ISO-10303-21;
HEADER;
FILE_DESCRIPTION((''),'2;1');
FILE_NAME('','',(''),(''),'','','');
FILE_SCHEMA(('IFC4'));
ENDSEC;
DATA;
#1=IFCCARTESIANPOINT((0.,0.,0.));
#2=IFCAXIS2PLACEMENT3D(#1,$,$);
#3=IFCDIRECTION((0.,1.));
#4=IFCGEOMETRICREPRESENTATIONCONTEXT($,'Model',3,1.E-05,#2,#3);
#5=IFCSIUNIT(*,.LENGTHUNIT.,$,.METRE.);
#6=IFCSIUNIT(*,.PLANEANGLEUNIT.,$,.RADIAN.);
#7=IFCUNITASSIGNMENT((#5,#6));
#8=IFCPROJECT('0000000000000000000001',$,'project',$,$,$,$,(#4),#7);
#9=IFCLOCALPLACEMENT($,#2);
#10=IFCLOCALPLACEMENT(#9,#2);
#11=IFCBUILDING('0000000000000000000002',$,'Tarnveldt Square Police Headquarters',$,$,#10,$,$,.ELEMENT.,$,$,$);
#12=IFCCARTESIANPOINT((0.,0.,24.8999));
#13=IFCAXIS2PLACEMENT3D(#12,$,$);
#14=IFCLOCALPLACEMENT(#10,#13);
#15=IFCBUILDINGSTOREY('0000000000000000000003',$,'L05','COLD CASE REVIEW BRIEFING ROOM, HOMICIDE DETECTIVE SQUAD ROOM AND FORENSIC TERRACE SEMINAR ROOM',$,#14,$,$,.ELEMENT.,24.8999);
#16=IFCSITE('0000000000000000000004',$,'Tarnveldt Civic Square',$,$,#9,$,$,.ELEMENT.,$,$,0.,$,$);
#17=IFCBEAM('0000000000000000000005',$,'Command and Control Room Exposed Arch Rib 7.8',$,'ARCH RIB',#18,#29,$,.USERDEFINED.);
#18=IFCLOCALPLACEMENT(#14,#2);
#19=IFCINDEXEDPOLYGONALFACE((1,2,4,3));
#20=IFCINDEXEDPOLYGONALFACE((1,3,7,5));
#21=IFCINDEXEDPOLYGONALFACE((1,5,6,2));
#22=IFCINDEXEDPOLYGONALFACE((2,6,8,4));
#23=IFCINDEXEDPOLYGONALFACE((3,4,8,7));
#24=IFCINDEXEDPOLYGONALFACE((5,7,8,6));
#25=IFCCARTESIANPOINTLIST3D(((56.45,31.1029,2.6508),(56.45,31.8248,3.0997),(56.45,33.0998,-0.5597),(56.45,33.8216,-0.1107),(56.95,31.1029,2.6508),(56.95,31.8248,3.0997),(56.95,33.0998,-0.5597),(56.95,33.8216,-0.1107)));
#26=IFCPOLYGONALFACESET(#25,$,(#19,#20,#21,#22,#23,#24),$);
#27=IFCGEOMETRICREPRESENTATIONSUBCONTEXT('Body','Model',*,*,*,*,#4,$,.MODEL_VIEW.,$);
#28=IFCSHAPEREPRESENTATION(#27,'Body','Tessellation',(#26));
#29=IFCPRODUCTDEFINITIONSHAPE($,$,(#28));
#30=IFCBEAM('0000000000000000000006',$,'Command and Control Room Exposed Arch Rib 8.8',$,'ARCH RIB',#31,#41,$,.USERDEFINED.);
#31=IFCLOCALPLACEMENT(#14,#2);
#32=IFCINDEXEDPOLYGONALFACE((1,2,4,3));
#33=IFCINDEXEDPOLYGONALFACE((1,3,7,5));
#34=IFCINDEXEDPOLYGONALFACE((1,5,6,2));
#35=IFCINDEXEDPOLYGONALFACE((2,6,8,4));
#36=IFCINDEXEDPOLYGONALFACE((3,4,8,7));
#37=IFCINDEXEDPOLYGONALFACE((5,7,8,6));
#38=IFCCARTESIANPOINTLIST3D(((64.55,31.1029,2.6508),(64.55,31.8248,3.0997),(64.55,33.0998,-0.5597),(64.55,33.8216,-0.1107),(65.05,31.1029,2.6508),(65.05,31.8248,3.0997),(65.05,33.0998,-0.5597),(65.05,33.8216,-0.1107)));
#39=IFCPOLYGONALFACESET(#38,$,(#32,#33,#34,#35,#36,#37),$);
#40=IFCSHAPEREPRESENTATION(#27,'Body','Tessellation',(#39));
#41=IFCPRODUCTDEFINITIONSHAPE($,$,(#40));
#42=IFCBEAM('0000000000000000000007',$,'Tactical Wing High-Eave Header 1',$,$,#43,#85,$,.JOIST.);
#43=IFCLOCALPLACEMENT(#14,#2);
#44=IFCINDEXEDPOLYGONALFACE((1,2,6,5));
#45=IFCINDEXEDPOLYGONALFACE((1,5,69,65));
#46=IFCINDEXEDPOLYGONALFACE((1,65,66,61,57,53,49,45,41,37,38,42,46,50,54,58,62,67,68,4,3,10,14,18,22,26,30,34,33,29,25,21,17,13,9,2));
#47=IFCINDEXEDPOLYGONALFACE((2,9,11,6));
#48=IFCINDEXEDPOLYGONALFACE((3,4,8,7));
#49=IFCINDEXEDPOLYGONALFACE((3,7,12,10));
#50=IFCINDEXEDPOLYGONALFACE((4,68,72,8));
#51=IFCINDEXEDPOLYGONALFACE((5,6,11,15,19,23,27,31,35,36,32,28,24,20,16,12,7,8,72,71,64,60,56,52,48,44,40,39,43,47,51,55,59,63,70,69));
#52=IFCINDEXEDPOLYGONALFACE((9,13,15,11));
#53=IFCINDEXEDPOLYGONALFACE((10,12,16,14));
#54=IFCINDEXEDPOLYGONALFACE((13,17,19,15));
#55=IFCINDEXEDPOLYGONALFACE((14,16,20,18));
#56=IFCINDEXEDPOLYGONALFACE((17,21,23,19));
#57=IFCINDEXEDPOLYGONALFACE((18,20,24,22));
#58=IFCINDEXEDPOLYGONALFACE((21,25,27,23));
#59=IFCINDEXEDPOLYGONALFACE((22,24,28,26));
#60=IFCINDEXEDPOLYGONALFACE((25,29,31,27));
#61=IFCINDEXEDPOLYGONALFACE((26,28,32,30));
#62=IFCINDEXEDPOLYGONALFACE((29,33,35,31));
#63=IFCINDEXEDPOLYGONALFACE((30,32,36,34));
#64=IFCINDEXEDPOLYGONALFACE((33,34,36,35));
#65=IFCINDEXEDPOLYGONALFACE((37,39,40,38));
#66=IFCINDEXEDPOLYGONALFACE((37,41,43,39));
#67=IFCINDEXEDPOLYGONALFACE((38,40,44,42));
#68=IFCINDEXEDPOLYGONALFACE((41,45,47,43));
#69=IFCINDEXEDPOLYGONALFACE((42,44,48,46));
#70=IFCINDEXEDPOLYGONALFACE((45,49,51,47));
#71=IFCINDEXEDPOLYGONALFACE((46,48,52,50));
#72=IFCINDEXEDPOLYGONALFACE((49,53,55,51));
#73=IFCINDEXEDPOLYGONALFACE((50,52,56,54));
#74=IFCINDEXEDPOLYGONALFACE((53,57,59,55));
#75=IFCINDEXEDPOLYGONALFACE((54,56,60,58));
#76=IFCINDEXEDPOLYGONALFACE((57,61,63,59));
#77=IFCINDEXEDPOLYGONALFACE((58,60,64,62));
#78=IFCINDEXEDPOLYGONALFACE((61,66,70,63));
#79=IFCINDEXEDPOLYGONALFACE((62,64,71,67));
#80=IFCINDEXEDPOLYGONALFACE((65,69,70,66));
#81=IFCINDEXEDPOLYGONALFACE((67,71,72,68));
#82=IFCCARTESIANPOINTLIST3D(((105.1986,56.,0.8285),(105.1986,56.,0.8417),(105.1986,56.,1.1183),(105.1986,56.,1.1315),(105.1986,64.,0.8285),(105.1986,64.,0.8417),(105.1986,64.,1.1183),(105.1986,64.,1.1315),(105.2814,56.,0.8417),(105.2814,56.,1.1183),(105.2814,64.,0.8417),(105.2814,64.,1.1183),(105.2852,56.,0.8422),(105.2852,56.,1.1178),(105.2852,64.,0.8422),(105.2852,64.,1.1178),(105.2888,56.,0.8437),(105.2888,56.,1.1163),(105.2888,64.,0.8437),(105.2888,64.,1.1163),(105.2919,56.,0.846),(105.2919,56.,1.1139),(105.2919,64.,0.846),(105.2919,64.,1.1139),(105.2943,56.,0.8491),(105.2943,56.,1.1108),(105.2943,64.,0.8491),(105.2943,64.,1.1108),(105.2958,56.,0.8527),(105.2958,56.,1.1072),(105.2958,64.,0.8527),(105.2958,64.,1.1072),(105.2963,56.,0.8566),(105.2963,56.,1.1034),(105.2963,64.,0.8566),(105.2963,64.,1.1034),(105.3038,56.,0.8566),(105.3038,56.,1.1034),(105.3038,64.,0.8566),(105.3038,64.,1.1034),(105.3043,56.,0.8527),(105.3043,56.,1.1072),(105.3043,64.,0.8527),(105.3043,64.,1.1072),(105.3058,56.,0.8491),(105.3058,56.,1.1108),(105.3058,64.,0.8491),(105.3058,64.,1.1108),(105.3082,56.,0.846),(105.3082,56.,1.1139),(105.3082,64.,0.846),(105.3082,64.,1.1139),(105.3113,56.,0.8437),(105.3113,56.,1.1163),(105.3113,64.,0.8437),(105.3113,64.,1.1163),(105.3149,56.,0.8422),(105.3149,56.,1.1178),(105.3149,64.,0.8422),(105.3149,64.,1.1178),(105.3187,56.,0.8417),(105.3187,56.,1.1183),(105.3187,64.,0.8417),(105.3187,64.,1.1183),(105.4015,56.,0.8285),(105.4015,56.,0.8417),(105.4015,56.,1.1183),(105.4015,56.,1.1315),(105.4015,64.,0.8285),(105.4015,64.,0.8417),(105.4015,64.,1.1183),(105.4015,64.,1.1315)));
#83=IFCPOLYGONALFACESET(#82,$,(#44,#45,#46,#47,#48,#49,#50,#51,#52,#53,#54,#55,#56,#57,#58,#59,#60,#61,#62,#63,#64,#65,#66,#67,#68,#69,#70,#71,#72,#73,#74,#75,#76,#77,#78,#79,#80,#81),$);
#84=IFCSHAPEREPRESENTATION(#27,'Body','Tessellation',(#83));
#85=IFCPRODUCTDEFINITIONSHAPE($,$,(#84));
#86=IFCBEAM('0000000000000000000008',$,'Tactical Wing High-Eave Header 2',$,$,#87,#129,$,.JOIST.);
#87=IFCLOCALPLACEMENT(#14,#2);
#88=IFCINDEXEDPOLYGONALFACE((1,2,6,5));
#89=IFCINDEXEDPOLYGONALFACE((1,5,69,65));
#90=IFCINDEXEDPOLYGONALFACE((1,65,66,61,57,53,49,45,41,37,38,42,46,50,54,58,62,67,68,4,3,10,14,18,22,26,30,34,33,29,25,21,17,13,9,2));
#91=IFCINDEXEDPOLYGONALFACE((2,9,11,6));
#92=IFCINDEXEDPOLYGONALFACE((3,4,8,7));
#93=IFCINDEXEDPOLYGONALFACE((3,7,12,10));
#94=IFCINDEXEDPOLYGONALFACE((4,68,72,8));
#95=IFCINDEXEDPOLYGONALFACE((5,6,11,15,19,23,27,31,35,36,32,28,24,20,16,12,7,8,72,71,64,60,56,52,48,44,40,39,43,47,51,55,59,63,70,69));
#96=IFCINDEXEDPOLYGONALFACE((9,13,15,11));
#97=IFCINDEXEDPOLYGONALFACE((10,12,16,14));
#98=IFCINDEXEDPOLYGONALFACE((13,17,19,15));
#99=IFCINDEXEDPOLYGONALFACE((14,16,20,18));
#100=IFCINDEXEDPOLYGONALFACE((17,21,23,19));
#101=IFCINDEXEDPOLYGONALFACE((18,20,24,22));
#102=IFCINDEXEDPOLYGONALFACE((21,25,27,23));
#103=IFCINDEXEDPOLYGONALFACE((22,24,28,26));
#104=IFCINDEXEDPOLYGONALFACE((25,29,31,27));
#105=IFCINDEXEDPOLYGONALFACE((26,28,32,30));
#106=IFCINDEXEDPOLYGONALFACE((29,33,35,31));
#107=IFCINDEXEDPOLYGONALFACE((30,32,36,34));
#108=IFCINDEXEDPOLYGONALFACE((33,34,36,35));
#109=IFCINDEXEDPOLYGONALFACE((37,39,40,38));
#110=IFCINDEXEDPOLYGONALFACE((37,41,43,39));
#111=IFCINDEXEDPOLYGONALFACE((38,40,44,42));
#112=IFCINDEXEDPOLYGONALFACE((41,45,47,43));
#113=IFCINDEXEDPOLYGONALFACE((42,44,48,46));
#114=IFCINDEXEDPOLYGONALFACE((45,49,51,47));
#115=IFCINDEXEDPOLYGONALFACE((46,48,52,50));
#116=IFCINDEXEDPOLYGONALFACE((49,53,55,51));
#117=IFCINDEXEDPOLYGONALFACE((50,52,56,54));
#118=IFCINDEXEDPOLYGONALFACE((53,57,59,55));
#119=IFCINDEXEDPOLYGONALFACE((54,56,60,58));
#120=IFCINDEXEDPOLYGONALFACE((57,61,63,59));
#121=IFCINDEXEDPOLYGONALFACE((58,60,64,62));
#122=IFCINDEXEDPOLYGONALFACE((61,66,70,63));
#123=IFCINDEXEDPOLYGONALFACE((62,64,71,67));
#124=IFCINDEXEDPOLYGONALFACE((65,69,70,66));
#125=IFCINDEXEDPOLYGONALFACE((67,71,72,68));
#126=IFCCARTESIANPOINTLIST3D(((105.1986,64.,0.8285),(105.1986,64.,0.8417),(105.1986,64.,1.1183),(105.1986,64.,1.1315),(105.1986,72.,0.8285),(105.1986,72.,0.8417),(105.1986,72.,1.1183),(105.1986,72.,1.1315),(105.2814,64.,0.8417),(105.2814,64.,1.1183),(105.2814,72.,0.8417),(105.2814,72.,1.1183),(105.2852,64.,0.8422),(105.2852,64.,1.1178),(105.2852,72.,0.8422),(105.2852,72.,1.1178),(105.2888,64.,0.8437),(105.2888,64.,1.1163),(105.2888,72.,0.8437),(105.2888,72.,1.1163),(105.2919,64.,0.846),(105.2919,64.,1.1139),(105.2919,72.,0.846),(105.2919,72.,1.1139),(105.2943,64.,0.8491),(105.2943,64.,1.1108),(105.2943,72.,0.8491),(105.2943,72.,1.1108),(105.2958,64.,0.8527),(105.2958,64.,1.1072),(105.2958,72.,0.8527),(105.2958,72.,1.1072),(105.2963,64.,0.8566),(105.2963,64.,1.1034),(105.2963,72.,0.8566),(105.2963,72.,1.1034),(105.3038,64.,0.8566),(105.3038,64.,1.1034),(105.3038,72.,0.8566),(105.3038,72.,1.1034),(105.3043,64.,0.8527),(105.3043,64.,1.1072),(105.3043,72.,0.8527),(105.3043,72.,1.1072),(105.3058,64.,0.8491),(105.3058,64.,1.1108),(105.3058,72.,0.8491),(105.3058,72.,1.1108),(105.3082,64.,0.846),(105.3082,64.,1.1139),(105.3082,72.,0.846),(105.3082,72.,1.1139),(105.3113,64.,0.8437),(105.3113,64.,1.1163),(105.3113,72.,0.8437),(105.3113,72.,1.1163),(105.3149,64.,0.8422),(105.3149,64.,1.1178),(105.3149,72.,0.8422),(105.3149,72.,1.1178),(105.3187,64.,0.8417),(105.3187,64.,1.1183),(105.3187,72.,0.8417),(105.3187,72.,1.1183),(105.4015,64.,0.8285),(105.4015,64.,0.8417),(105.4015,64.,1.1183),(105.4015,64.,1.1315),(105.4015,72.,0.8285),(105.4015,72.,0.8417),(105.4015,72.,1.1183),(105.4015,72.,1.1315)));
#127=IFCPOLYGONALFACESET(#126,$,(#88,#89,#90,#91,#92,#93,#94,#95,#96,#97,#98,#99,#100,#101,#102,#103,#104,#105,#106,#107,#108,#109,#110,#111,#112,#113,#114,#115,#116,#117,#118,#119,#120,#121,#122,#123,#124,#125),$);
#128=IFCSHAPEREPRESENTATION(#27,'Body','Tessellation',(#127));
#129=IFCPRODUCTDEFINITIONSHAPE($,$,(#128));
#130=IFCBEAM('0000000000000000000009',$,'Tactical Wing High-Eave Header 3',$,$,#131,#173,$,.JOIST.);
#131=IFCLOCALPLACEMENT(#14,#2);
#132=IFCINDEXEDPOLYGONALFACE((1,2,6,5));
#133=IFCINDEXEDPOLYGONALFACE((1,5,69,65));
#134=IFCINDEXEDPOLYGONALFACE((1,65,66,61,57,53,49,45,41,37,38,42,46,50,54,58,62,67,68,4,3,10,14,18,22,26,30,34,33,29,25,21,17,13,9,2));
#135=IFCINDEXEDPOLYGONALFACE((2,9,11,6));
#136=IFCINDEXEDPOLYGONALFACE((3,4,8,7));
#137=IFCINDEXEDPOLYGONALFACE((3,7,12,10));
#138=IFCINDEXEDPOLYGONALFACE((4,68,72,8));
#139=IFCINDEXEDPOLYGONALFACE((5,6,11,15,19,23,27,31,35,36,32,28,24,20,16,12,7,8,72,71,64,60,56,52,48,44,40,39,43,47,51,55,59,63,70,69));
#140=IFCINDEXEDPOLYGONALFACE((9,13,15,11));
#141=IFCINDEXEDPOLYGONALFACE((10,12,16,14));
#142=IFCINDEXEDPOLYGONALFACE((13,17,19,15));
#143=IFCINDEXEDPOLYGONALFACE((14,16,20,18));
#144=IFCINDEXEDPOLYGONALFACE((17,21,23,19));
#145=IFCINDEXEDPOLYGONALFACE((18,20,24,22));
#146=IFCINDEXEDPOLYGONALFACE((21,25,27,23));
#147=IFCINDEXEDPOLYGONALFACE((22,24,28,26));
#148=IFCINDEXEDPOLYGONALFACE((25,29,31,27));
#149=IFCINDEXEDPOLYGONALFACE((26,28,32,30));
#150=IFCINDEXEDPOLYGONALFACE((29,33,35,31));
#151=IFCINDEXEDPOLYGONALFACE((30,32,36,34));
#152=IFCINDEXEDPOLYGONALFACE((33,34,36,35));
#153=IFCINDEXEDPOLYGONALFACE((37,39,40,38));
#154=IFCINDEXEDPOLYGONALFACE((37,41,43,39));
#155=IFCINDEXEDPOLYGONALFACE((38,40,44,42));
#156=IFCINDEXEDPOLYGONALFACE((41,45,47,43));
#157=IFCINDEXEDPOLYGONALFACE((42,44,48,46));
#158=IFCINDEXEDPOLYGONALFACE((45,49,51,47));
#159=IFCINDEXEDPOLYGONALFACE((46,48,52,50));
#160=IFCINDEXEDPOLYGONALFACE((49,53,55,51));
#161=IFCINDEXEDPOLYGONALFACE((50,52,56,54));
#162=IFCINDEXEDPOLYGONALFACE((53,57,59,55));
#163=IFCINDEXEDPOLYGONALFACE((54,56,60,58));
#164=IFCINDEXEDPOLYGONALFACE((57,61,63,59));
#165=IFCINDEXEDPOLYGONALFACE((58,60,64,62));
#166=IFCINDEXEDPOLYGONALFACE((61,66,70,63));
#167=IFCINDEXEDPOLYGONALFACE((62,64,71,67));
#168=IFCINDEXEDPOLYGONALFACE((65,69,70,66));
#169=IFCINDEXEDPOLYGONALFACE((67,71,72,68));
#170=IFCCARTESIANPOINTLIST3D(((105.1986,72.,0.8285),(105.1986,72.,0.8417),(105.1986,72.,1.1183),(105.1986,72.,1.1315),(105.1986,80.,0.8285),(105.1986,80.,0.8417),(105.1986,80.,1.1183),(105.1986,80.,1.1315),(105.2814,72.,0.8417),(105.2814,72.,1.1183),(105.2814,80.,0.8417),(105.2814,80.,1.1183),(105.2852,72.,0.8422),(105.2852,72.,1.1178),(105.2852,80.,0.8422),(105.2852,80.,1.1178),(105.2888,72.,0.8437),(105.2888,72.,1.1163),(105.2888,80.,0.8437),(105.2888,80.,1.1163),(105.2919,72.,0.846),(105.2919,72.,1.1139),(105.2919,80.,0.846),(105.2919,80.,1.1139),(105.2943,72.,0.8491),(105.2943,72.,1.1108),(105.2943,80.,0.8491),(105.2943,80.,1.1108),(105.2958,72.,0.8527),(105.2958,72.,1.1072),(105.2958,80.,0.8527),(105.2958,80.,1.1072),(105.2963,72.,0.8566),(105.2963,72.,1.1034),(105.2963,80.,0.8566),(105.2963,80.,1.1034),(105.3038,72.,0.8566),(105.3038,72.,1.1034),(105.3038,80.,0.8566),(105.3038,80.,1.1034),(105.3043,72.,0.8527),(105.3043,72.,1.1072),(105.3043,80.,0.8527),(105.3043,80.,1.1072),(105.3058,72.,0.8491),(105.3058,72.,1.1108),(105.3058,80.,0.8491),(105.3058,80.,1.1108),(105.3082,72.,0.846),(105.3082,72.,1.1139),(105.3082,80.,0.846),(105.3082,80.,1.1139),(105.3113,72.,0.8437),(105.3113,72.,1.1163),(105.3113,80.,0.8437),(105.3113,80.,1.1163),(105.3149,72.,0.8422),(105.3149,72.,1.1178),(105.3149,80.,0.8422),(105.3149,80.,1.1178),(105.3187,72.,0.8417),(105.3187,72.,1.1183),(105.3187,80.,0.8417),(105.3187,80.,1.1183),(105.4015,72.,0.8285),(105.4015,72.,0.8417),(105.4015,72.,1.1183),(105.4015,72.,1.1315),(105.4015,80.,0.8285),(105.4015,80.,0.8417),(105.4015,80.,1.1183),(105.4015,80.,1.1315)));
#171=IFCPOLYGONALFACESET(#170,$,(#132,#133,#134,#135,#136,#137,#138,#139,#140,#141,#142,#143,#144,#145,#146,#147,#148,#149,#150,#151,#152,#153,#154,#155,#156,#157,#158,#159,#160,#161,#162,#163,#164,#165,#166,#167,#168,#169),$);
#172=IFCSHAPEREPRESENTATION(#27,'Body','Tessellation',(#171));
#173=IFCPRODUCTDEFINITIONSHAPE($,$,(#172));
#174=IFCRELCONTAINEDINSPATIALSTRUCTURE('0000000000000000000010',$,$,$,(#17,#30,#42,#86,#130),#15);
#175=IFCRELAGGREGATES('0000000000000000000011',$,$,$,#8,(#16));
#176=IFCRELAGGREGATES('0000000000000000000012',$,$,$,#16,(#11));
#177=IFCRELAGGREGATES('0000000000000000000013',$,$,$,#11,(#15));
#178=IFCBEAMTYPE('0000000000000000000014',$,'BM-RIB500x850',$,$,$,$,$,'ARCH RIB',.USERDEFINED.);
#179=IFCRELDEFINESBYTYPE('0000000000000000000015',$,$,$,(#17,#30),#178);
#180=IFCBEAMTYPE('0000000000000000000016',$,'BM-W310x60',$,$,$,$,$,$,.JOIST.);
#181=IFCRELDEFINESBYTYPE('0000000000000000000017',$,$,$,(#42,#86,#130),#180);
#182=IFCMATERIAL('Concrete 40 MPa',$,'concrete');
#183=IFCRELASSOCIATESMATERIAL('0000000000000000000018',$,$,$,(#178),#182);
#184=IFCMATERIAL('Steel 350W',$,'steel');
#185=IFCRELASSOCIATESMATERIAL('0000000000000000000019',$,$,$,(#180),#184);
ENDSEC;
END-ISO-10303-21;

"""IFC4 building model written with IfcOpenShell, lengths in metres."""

from ifc_helpers import new_model, si_unit, direction, frame, origin, origin_2d, place, context, subcontext, project, spatial, rectangle, i_section, extrude, material, material_profile, profile_set, type_object, element, save


model = new_model("IFC4")

# Units and contexts
model_context = context("Model", 3, precision=1e-05, world=origin(), true_north=direction((0.0, 1.0)))
body_context = subcontext(model_context, "Body", "Model", "MODEL_VIEW")
ifc_project = project(units=[si_unit("LENGTHUNIT", "METRE"), si_unit("PLANEANGLEUNIT", "RADIAN")], contexts=[model_context])

# Site, building, storey
site_placement = place(None, origin())
site = spatial("IfcSite", under=ifc_project, at=site_placement, Name="Tarnveldt Civic Square", CompositionType="ELEMENT", RefElevation=0.0)
building_placement = place(site_placement, origin())
building = spatial("IfcBuilding", under=site, at=building_placement, Name="Tarnveldt Square Police Headquarters", CompositionType="ELEMENT")
storey_placement = place(building_placement, frame((0.0, 0.0, 24.8999)))
storey = spatial("IfcBuildingStorey", under=building, at=storey_placement, Name="L05", Description="COLD CASE REVIEW BRIEFING ROOM, HOMICIDE DETECTIVE SQUAD ROOM AND FORENSIC TERRACE SEMINAR ROOM", CompositionType="ELEMENT", Elevation=24.8999)

# Beams
ifc_material_1 = material(Name="Concrete 40 MPa", Category="concrete")
ifc_material_profile_1 = material_profile(ifc_material_1, rectangle(XDim=0.5, YDim=0.8501, at=origin_2d()), Name="RC-RIB500x850")
ifc_profile_set_1 = profile_set([ifc_material_profile_1], Name="Concrete 40 MPa")
beam_type_1 = type_object("IfcBeamType", Name="BM-RIB500x850", ElementType="ARCH RIB", PredefinedType="USERDEFINED", material=ifc_profile_set_1)
for number, where, z_axis, x_axis, name in (
    (1, (56.7, 31.4639, 2.8752), (0.0, 0.528152, -0.84915), (-1.0, 0.0, 0.0), "Command and Control Room Exposed Arch Rib 7.8"),
    (2, (64.8, 31.4639, 2.8752), (0.0, 0.528152, -0.84915), (-1.0, 0.0, 0.0), "Command and Control Room Exposed Arch Rib 8.8"),
):
    element("IfcBeam", number, at=place(storey_placement, frame(where, z_axis=z_axis, x_axis=x_axis)), inside=storey, type_object=beam_type_1, Name=name, ObjectType="ARCH RIB", PredefinedType="USERDEFINED", context=body_context, shape_type="SweptSolid", body=[
        extrude(rectangle(XDim=0.5, YDim=0.8501, at=origin_2d()), origin(), (0.0, 0.0, 1.0), 3.7808),
    ])
ifc_material_2 = material(Name="Steel 350W", Category="steel")
ifc_material_profile_2 = material_profile(ifc_material_2, i_section(OverallWidth=0.2029, OverallDepth=0.303, WebThickness=0.0076, FlangeThickness=0.0132, FilletRadius=0.0149, at=origin_2d()), Name="W310x60")
ifc_profile_set_2 = profile_set([ifc_material_profile_2], Name="Steel 350W")
beam_type_2 = type_object("IfcBeamType", Name="BM-W310x60", PredefinedType="JOIST", material=ifc_profile_set_2)
for number, where, z_axis, x_axis, name in (
    (3, (105.3, 56.0, 0.98), (0.0, 1.0, 0.0), (-1.0, 0.0, 0.0), "Tactical Wing High-Eave Header 1"),
    (4, (105.3, 64.0, 0.98), (0.0, 1.0, 0.0), (-1.0, 0.0, 0.0), "Tactical Wing High-Eave Header 2"),
    (5, (105.3, 72.0, 0.98), (0.0, 1.0, 0.0), (-1.0, 0.0, 0.0), "Tactical Wing High-Eave Header 3"),
):
    element("IfcBeam", number, at=place(storey_placement, frame(where, z_axis=z_axis, x_axis=x_axis)), inside=storey, type_object=beam_type_2, Name=name, PredefinedType="JOIST", context=body_context, shape_type="SweptSolid", body=[
        extrude(i_section(OverallWidth=0.2029, OverallDepth=0.303, WebThickness=0.0076, FlangeThickness=0.0132, FilletRadius=0.0149, at=origin_2d()), origin(), (0.0, 0.0, 1.0), 8.0),
    ])

save(model, "model.ifc")
